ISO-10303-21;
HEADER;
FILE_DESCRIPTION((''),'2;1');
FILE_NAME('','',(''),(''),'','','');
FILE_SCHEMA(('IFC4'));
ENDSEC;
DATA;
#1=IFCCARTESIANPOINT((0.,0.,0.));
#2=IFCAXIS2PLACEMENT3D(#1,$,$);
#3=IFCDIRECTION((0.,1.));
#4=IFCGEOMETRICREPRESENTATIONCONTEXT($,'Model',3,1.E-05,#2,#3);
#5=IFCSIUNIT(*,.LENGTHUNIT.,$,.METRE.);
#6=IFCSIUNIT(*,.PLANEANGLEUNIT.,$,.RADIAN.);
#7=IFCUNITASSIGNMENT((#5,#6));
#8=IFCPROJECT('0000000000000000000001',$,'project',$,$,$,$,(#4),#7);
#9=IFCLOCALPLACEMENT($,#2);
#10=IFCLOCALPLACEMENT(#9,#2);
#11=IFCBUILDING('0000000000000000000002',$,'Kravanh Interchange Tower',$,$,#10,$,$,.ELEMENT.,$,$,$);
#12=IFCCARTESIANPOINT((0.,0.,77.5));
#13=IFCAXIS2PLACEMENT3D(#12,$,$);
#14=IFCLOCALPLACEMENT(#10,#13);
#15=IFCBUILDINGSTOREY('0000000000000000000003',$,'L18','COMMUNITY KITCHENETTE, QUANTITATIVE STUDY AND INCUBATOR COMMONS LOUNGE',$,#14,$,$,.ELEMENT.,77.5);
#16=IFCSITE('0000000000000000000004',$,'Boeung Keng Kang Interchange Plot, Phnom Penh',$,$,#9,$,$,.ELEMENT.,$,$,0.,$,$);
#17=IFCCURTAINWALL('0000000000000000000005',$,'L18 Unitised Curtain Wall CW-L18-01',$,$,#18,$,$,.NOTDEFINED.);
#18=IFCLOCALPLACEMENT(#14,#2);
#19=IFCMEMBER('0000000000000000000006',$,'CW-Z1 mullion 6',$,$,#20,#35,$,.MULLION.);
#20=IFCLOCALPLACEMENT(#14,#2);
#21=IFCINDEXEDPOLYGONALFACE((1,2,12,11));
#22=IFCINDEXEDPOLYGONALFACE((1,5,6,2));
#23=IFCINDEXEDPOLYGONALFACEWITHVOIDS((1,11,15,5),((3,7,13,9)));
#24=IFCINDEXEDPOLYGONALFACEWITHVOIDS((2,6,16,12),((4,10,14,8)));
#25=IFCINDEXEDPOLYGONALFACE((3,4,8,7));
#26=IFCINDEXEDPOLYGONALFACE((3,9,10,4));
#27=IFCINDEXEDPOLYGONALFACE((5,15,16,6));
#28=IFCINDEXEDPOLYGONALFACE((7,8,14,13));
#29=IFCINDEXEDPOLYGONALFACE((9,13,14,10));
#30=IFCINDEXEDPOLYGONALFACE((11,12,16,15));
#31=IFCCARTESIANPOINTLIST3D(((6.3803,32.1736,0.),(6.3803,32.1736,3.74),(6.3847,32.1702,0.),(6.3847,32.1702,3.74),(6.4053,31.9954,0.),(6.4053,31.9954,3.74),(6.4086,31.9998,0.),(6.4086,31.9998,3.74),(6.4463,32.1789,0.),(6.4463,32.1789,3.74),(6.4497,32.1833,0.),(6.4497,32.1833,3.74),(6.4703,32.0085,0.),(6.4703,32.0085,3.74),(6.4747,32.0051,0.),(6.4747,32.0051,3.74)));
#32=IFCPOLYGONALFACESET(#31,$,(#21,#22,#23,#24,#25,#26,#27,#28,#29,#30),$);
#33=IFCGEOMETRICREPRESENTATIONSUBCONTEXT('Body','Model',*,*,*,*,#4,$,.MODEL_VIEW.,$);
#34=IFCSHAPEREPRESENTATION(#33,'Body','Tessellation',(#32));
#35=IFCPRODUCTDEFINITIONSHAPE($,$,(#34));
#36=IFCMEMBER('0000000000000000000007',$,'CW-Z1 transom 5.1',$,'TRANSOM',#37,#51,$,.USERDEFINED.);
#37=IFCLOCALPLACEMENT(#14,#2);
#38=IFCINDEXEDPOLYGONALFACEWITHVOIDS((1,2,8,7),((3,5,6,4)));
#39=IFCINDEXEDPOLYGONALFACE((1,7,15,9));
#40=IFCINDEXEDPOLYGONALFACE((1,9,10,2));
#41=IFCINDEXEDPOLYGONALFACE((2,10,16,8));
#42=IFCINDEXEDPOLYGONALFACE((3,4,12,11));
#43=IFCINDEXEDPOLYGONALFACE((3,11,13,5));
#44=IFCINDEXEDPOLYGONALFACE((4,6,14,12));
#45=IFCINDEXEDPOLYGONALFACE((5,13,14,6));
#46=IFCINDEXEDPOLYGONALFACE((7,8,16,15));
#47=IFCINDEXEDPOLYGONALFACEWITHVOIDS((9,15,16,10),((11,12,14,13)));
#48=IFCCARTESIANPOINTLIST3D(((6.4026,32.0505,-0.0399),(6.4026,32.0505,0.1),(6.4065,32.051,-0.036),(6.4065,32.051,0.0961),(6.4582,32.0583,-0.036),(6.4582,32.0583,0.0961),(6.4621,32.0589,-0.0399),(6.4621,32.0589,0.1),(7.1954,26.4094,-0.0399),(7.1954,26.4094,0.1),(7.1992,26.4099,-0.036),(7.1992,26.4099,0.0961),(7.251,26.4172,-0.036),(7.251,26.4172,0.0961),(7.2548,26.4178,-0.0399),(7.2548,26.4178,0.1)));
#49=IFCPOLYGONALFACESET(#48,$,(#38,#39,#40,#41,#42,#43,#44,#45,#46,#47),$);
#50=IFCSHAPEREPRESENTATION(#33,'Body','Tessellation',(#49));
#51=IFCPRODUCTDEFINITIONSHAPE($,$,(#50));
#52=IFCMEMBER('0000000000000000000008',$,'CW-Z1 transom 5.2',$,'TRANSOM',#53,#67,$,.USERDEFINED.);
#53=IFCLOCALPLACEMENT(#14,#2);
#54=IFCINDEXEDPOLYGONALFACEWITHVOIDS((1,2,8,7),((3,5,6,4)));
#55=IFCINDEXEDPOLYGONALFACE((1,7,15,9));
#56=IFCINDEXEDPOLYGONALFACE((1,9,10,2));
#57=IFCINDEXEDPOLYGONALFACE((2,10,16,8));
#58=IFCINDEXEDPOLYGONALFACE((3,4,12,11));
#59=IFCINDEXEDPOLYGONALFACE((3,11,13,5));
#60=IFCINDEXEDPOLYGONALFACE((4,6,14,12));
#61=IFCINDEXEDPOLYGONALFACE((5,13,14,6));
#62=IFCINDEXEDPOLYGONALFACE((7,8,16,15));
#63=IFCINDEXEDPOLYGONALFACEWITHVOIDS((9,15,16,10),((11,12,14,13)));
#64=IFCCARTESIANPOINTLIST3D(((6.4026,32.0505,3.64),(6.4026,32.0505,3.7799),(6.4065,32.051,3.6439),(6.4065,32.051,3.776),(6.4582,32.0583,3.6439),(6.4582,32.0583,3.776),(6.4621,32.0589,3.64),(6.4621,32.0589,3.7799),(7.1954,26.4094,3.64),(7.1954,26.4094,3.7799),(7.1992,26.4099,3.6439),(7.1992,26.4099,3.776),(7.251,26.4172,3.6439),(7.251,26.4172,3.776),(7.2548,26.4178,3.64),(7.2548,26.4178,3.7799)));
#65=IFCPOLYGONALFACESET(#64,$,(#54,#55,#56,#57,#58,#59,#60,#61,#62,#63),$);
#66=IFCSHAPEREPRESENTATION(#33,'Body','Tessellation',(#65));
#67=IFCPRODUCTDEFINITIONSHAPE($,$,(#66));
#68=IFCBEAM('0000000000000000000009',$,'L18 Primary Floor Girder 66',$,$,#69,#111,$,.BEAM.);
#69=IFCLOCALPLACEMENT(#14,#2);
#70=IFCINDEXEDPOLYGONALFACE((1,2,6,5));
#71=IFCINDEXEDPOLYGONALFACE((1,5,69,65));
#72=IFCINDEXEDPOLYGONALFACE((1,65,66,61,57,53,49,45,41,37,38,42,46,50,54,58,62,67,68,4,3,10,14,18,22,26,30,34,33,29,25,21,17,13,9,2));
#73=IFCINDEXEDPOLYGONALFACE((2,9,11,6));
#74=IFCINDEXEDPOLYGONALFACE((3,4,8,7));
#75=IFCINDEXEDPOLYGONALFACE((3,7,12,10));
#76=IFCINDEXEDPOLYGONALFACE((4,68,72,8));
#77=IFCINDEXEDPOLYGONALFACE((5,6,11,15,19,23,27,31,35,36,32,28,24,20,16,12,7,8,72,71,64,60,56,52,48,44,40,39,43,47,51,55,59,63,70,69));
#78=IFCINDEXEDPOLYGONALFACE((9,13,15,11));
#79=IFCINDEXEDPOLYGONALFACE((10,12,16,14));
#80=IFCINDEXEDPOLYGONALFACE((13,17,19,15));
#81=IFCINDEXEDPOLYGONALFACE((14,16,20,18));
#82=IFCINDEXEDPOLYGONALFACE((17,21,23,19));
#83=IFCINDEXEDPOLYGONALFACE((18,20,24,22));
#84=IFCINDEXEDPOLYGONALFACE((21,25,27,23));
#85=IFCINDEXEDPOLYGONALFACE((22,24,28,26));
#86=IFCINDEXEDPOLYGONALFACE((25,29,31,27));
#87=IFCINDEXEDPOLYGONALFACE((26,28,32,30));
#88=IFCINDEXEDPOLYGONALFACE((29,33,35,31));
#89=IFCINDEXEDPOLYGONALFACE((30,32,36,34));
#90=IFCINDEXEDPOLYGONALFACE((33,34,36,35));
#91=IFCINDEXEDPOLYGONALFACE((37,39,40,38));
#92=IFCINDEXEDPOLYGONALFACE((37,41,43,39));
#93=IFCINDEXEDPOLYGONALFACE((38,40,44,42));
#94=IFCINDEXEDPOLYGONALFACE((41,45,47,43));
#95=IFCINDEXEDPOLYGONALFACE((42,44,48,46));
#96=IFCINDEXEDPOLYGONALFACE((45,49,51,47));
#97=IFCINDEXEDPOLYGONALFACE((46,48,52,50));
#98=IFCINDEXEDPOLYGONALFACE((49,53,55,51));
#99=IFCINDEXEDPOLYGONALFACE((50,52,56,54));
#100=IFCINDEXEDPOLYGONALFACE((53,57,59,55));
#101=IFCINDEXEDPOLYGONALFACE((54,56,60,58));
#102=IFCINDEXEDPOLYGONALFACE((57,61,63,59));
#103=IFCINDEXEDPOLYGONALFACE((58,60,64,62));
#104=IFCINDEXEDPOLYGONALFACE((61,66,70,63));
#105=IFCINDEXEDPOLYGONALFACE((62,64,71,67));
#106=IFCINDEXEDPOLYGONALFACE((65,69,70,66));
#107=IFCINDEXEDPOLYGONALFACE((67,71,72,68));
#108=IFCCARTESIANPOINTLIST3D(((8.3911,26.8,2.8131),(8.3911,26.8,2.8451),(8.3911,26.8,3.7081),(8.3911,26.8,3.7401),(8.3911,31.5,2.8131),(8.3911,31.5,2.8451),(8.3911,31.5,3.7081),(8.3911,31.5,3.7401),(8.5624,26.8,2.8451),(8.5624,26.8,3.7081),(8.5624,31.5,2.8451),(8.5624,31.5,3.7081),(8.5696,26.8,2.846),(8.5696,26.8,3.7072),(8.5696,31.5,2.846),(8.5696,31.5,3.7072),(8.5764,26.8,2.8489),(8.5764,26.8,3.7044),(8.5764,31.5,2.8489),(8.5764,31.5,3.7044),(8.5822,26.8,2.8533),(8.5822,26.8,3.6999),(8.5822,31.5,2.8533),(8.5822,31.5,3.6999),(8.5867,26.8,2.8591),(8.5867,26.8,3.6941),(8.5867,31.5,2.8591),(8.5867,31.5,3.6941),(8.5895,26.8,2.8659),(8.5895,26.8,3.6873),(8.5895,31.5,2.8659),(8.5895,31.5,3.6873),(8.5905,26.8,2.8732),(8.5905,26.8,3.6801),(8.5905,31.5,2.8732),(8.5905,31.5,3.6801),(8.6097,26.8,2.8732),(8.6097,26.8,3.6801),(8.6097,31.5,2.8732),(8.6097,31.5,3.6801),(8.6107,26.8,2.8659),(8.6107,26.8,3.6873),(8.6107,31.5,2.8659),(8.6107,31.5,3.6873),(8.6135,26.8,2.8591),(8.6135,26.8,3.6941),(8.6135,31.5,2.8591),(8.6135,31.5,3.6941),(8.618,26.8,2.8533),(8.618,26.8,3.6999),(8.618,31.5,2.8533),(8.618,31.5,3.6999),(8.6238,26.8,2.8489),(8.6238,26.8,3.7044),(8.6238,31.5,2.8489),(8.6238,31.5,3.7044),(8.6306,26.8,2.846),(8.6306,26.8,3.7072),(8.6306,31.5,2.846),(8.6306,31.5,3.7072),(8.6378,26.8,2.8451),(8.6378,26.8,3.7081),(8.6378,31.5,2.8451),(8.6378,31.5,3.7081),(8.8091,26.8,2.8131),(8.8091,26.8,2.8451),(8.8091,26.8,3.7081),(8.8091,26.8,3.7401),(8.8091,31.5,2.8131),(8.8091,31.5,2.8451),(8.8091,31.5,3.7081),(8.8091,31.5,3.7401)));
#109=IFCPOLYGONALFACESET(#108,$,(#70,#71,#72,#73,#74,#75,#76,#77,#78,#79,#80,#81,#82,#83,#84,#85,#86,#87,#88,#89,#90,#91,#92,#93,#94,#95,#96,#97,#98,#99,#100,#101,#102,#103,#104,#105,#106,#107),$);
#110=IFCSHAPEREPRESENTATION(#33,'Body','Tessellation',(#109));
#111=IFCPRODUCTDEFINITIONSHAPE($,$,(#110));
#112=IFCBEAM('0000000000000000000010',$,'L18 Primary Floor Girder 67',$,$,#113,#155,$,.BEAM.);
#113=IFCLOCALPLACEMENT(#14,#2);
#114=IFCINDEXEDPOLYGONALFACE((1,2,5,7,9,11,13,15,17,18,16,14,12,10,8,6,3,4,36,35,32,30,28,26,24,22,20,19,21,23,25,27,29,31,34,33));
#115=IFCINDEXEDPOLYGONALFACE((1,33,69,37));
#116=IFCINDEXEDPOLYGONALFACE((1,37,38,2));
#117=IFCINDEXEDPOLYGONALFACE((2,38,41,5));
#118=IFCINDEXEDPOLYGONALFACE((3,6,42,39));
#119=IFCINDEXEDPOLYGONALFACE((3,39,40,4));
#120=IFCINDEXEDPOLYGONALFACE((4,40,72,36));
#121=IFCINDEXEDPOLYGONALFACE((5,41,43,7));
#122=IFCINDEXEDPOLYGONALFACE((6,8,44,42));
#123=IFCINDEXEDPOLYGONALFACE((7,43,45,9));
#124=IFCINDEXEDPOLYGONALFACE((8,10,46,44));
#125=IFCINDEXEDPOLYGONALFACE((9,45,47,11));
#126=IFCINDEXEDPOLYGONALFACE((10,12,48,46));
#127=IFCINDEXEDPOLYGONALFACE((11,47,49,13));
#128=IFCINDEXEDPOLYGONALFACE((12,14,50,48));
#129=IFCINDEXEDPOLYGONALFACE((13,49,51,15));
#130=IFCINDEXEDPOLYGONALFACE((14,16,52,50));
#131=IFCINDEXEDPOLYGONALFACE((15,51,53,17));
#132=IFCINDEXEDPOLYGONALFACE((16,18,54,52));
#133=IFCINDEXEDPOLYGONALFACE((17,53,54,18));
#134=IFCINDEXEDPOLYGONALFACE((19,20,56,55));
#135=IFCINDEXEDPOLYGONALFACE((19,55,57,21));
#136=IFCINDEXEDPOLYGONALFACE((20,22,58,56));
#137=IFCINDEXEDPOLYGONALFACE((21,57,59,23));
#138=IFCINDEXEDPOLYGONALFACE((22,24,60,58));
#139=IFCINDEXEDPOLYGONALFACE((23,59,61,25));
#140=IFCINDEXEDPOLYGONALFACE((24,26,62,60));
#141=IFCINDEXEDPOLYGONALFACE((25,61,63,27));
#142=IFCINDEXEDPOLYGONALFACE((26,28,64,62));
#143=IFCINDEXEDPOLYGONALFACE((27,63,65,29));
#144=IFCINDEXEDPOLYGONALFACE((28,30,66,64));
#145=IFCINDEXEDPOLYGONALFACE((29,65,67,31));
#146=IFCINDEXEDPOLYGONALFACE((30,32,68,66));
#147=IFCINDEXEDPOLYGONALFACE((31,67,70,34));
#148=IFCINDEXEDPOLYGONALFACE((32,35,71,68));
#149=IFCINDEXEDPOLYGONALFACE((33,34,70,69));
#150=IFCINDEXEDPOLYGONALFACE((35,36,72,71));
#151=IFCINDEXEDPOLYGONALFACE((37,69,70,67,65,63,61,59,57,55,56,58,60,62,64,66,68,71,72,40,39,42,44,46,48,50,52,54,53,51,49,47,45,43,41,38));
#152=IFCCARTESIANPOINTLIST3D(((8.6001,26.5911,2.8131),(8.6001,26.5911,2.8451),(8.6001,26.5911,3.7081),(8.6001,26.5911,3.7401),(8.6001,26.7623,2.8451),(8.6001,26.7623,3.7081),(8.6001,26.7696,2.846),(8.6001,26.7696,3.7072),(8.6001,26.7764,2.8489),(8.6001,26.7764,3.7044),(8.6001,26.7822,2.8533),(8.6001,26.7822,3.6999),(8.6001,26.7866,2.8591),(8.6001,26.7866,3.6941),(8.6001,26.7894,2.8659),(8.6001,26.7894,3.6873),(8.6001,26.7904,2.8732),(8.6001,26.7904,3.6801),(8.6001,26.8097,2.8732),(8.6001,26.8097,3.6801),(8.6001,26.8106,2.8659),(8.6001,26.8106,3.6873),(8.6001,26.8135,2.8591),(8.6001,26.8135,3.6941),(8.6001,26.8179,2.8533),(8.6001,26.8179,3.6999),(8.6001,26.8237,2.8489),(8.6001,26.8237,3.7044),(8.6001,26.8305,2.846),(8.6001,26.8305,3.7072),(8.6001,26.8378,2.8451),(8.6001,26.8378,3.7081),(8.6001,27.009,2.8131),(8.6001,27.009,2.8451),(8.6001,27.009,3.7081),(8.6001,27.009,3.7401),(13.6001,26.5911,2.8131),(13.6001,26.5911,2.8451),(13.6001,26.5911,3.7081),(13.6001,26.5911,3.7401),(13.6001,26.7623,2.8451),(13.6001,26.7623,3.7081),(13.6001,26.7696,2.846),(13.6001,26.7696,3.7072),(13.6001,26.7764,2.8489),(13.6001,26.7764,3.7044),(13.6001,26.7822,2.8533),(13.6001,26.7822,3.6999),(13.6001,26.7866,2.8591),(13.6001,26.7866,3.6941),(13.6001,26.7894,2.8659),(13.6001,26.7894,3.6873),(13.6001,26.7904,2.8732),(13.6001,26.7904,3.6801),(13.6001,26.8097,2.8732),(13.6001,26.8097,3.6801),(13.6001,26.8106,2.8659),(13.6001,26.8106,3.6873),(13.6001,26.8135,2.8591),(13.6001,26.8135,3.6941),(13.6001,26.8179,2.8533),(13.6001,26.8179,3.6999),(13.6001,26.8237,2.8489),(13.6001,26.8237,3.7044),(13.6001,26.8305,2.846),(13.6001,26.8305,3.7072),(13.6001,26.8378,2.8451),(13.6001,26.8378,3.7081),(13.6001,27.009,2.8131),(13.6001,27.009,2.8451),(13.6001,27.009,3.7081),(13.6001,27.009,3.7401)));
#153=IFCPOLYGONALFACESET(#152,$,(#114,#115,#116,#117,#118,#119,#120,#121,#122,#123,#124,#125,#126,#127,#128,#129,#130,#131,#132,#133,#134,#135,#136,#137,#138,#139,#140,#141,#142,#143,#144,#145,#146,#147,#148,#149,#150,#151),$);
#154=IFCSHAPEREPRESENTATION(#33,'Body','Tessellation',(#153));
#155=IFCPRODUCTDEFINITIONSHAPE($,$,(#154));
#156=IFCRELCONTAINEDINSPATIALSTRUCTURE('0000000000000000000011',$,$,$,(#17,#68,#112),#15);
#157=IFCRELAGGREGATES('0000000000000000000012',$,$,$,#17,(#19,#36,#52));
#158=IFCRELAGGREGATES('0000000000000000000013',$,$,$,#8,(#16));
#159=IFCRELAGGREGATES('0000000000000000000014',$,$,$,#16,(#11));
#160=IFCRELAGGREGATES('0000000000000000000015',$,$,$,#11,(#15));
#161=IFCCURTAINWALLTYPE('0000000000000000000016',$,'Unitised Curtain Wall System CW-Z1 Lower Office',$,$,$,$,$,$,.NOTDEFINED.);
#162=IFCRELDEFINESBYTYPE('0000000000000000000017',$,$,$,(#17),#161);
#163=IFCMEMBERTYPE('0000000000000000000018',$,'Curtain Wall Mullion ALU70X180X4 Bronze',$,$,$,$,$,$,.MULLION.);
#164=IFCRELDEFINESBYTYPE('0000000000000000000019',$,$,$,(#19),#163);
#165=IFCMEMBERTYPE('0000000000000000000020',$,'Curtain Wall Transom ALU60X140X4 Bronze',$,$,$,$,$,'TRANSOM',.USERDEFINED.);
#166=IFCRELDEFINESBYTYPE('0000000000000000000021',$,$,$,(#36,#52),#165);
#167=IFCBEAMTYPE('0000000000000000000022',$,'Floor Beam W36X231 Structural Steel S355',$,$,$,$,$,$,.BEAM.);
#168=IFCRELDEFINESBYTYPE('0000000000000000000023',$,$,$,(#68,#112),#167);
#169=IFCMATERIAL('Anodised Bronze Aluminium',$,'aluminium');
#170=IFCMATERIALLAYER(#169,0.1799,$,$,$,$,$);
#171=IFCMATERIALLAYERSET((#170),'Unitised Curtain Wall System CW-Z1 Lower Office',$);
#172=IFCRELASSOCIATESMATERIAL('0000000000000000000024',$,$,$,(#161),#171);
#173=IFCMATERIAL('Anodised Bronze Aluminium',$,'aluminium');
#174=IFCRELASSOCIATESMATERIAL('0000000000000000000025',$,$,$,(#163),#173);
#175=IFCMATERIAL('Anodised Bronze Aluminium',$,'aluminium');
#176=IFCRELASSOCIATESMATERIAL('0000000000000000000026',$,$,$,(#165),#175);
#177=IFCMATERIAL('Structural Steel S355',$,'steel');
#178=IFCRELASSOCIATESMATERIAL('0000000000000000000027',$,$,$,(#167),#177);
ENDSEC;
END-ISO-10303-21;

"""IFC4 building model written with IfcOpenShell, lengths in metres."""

from ifc_helpers import new_model, si_unit, direction, frame, origin, origin_2d, place, context, subcontext, project, spatial, hollow_rectangle, i_section, extrude, material, layer, layer_set, material_profile, profile_set, type_object, element, aggregate, save


model = new_model("IFC4")

# Units and contexts
model_context = context("Model", 3, precision=1e-05, world=origin(), true_north=direction((0.0, 1.0)))
body_context = subcontext(model_context, "Body", "Model", "MODEL_VIEW")
ifc_project = project(units=[si_unit("LENGTHUNIT", "METRE"), si_unit("PLANEANGLEUNIT", "RADIAN")], contexts=[model_context])

# Site, building, storey
site_placement = place(None, origin())
site = spatial("IfcSite", under=ifc_project, at=site_placement, Name="Boeung Keng Kang Interchange Plot, Phnom Penh", CompositionType="ELEMENT", RefElevation=0.0)
building_placement = place(site_placement, origin())
building = spatial("IfcBuilding", under=site, at=building_placement, Name="Kravanh Interchange Tower", CompositionType="ELEMENT")
storey_placement = place(building_placement, frame((0.0, 0.0, 77.5)))
storey = spatial("IfcBuildingStorey", under=building, at=storey_placement, Name="L18", Description="COMMUNITY KITCHENETTE, QUANTITATIVE STUDY AND INCUBATOR COMMONS LOUNGE", CompositionType="ELEMENT", Elevation=77.5)

# Curtain wall, members
ifc_material_1 = material(Name="Anodised Bronze Aluminium", Category="aluminium")
ifc_layer_1 = layer(ifc_material_1, 0.1799)
ifc_layer_set_1 = layer_set([ifc_layer_1], Name="Unitised Curtain Wall System CW-Z1 Lower Office")
curtain_wall_type = type_object("IfcCurtainWallType", Name="Unitised Curtain Wall System CW-Z1 Lower Office", PredefinedType="NOTDEFINED", material=ifc_layer_set_1)
curtain_wall_placement = place(storey_placement, origin())
curtain_wall = element("IfcCurtainWall", 1, at=curtain_wall_placement, inside=storey, type_object=curtain_wall_type, Name="L18 Unitised Curtain Wall CW-L18-01", PredefinedType="NOTDEFINED")
ifc_material_2 = material(Name="Anodised Bronze Aluminium", Category="aluminium")
ifc_material_profile_1 = material_profile(ifc_material_2, hollow_rectangle(XDim=0.0701, YDim=0.1799, WallThickness=0.0039, at=origin_2d()), Name="ALU70X180X4")
ifc_profile_set_1 = profile_set([ifc_material_profile_1], Name="Anodised Bronze Aluminium")
member_type_1 = type_object("IfcMemberType", Name="Curtain Wall Mullion ALU70X180X4 Bronze", PredefinedType="MULLION", material=ifc_profile_set_1)
member_1_placement = place(storey_placement, frame((6.4275, 32.0894, 0.0), z_axis=(0.0, 0.0, 1.0), x_axis=(-0.990268, -0.139177, 0.0)))
member_1 = element("IfcMember", 2, at=member_1_placement, type_object=member_type_1, Name="CW-Z1 mullion 6", PredefinedType="MULLION", context=body_context, shape_type="SweptSolid", body=[
    extrude(hollow_rectangle(XDim=0.0701, YDim=0.1799, WallThickness=0.0039, at=origin_2d()), origin(), (0.0, 0.0, 1.0), 3.74),
])
ifc_material_3 = material(Name="Anodised Bronze Aluminium", Category="aluminium")
ifc_material_profile_2 = material_profile(ifc_material_3, hollow_rectangle(XDim=0.0601, YDim=0.1399, WallThickness=0.0039, at=origin_2d()), Name="ALU60X140X4")
ifc_profile_set_2 = profile_set([ifc_material_profile_2], Name="Anodised Bronze Aluminium")
member_type_2 = type_object("IfcMemberType", Name="Curtain Wall Transom ALU60X140X4 Bronze", ElementType="TRANSOM", PredefinedType="USERDEFINED", material=ifc_profile_set_2)
member_2_placement = place(storey_placement, frame((7.2251, 26.4136, 0.03), z_axis=(-0.139159, 0.99027, 0.0), x_axis=(-0.99027, -0.139159, 0.0)))
member_2 = element("IfcMember", 3, at=member_2_placement, type_object=member_type_2, Name="CW-Z1 transom 5.1", ObjectType="TRANSOM", PredefinedType="USERDEFINED", context=body_context, shape_type="SweptSolid", body=[
    extrude(hollow_rectangle(XDim=0.0601, YDim=0.1399, WallThickness=0.0039, at=origin_2d()), origin(), (0.0, 0.0, 1.0), 5.6965),
])
member_3_placement = place(storey_placement, frame((7.2251, 26.4136, 3.71), z_axis=(-0.139159, 0.99027, 0.0), x_axis=(-0.99027, -0.139159, 0.0)))
member_3 = element("IfcMember", 4, at=member_3_placement, type_object=member_type_2, Name="CW-Z1 transom 5.2", ObjectType="TRANSOM", PredefinedType="USERDEFINED", context=body_context, shape_type="SweptSolid", body=[
    extrude(hollow_rectangle(XDim=0.0601, YDim=0.1399, WallThickness=0.0039, at=origin_2d()), origin(), (0.0, 0.0, 1.0), 5.6965),
])

# Beams
ifc_material_4 = material(Name="Structural Steel S355", Category="steel")
ifc_material_profile_3 = material_profile(ifc_material_4, i_section(OverallWidth=0.418, OverallDepth=0.927, WebThickness=0.0193, FlangeThickness=0.032, FilletRadius=0.0281, at=origin_2d()), Name="W36X231")
ifc_profile_set_3 = profile_set([ifc_material_profile_3], Name="Structural Steel S355")
beam_type_1 = type_object("IfcBeamType", Name="Floor Beam W36X231 Structural Steel S355", PredefinedType="BEAM", material=ifc_profile_set_3)
beam_1_placement = place(storey_placement, frame((8.6001, 26.8, 3.2766), z_axis=(0.0, 1.0, 0.0), x_axis=(-1.0, 0.0, 0.0)))
element("IfcBeam", 5, at=beam_1_placement, inside=storey, type_object=beam_type_1, Name="L18 Primary Floor Girder 66", PredefinedType="BEAM", context=body_context, shape_type="SweptSolid", body=[
    extrude(i_section(OverallWidth=0.418, OverallDepth=0.927, WebThickness=0.0193, FlangeThickness=0.032, FilletRadius=0.0281, at=origin_2d()), origin(), (0.0, 0.0, 1.0), 4.7),
])
beam_2_placement = place(storey_placement, frame((8.6001, 26.8, 3.2766), z_axis=(1.0, 0.0, 0.0), x_axis=(0.0, 1.0, 0.0)))
element("IfcBeam", 6, at=beam_2_placement, inside=storey, type_object=beam_type_1, Name="L18 Primary Floor Girder 67", PredefinedType="BEAM", context=body_context, shape_type="SweptSolid", body=[
    extrude(i_section(OverallWidth=0.418, OverallDepth=0.927, WebThickness=0.0193, FlangeThickness=0.032, FilletRadius=0.0281, at=origin_2d()), origin(), (0.0, 0.0, 1.0), 5.0),
])

aggregate(curtain_wall, [member_1, member_2, member_3])

save(model, "model.ifc")
